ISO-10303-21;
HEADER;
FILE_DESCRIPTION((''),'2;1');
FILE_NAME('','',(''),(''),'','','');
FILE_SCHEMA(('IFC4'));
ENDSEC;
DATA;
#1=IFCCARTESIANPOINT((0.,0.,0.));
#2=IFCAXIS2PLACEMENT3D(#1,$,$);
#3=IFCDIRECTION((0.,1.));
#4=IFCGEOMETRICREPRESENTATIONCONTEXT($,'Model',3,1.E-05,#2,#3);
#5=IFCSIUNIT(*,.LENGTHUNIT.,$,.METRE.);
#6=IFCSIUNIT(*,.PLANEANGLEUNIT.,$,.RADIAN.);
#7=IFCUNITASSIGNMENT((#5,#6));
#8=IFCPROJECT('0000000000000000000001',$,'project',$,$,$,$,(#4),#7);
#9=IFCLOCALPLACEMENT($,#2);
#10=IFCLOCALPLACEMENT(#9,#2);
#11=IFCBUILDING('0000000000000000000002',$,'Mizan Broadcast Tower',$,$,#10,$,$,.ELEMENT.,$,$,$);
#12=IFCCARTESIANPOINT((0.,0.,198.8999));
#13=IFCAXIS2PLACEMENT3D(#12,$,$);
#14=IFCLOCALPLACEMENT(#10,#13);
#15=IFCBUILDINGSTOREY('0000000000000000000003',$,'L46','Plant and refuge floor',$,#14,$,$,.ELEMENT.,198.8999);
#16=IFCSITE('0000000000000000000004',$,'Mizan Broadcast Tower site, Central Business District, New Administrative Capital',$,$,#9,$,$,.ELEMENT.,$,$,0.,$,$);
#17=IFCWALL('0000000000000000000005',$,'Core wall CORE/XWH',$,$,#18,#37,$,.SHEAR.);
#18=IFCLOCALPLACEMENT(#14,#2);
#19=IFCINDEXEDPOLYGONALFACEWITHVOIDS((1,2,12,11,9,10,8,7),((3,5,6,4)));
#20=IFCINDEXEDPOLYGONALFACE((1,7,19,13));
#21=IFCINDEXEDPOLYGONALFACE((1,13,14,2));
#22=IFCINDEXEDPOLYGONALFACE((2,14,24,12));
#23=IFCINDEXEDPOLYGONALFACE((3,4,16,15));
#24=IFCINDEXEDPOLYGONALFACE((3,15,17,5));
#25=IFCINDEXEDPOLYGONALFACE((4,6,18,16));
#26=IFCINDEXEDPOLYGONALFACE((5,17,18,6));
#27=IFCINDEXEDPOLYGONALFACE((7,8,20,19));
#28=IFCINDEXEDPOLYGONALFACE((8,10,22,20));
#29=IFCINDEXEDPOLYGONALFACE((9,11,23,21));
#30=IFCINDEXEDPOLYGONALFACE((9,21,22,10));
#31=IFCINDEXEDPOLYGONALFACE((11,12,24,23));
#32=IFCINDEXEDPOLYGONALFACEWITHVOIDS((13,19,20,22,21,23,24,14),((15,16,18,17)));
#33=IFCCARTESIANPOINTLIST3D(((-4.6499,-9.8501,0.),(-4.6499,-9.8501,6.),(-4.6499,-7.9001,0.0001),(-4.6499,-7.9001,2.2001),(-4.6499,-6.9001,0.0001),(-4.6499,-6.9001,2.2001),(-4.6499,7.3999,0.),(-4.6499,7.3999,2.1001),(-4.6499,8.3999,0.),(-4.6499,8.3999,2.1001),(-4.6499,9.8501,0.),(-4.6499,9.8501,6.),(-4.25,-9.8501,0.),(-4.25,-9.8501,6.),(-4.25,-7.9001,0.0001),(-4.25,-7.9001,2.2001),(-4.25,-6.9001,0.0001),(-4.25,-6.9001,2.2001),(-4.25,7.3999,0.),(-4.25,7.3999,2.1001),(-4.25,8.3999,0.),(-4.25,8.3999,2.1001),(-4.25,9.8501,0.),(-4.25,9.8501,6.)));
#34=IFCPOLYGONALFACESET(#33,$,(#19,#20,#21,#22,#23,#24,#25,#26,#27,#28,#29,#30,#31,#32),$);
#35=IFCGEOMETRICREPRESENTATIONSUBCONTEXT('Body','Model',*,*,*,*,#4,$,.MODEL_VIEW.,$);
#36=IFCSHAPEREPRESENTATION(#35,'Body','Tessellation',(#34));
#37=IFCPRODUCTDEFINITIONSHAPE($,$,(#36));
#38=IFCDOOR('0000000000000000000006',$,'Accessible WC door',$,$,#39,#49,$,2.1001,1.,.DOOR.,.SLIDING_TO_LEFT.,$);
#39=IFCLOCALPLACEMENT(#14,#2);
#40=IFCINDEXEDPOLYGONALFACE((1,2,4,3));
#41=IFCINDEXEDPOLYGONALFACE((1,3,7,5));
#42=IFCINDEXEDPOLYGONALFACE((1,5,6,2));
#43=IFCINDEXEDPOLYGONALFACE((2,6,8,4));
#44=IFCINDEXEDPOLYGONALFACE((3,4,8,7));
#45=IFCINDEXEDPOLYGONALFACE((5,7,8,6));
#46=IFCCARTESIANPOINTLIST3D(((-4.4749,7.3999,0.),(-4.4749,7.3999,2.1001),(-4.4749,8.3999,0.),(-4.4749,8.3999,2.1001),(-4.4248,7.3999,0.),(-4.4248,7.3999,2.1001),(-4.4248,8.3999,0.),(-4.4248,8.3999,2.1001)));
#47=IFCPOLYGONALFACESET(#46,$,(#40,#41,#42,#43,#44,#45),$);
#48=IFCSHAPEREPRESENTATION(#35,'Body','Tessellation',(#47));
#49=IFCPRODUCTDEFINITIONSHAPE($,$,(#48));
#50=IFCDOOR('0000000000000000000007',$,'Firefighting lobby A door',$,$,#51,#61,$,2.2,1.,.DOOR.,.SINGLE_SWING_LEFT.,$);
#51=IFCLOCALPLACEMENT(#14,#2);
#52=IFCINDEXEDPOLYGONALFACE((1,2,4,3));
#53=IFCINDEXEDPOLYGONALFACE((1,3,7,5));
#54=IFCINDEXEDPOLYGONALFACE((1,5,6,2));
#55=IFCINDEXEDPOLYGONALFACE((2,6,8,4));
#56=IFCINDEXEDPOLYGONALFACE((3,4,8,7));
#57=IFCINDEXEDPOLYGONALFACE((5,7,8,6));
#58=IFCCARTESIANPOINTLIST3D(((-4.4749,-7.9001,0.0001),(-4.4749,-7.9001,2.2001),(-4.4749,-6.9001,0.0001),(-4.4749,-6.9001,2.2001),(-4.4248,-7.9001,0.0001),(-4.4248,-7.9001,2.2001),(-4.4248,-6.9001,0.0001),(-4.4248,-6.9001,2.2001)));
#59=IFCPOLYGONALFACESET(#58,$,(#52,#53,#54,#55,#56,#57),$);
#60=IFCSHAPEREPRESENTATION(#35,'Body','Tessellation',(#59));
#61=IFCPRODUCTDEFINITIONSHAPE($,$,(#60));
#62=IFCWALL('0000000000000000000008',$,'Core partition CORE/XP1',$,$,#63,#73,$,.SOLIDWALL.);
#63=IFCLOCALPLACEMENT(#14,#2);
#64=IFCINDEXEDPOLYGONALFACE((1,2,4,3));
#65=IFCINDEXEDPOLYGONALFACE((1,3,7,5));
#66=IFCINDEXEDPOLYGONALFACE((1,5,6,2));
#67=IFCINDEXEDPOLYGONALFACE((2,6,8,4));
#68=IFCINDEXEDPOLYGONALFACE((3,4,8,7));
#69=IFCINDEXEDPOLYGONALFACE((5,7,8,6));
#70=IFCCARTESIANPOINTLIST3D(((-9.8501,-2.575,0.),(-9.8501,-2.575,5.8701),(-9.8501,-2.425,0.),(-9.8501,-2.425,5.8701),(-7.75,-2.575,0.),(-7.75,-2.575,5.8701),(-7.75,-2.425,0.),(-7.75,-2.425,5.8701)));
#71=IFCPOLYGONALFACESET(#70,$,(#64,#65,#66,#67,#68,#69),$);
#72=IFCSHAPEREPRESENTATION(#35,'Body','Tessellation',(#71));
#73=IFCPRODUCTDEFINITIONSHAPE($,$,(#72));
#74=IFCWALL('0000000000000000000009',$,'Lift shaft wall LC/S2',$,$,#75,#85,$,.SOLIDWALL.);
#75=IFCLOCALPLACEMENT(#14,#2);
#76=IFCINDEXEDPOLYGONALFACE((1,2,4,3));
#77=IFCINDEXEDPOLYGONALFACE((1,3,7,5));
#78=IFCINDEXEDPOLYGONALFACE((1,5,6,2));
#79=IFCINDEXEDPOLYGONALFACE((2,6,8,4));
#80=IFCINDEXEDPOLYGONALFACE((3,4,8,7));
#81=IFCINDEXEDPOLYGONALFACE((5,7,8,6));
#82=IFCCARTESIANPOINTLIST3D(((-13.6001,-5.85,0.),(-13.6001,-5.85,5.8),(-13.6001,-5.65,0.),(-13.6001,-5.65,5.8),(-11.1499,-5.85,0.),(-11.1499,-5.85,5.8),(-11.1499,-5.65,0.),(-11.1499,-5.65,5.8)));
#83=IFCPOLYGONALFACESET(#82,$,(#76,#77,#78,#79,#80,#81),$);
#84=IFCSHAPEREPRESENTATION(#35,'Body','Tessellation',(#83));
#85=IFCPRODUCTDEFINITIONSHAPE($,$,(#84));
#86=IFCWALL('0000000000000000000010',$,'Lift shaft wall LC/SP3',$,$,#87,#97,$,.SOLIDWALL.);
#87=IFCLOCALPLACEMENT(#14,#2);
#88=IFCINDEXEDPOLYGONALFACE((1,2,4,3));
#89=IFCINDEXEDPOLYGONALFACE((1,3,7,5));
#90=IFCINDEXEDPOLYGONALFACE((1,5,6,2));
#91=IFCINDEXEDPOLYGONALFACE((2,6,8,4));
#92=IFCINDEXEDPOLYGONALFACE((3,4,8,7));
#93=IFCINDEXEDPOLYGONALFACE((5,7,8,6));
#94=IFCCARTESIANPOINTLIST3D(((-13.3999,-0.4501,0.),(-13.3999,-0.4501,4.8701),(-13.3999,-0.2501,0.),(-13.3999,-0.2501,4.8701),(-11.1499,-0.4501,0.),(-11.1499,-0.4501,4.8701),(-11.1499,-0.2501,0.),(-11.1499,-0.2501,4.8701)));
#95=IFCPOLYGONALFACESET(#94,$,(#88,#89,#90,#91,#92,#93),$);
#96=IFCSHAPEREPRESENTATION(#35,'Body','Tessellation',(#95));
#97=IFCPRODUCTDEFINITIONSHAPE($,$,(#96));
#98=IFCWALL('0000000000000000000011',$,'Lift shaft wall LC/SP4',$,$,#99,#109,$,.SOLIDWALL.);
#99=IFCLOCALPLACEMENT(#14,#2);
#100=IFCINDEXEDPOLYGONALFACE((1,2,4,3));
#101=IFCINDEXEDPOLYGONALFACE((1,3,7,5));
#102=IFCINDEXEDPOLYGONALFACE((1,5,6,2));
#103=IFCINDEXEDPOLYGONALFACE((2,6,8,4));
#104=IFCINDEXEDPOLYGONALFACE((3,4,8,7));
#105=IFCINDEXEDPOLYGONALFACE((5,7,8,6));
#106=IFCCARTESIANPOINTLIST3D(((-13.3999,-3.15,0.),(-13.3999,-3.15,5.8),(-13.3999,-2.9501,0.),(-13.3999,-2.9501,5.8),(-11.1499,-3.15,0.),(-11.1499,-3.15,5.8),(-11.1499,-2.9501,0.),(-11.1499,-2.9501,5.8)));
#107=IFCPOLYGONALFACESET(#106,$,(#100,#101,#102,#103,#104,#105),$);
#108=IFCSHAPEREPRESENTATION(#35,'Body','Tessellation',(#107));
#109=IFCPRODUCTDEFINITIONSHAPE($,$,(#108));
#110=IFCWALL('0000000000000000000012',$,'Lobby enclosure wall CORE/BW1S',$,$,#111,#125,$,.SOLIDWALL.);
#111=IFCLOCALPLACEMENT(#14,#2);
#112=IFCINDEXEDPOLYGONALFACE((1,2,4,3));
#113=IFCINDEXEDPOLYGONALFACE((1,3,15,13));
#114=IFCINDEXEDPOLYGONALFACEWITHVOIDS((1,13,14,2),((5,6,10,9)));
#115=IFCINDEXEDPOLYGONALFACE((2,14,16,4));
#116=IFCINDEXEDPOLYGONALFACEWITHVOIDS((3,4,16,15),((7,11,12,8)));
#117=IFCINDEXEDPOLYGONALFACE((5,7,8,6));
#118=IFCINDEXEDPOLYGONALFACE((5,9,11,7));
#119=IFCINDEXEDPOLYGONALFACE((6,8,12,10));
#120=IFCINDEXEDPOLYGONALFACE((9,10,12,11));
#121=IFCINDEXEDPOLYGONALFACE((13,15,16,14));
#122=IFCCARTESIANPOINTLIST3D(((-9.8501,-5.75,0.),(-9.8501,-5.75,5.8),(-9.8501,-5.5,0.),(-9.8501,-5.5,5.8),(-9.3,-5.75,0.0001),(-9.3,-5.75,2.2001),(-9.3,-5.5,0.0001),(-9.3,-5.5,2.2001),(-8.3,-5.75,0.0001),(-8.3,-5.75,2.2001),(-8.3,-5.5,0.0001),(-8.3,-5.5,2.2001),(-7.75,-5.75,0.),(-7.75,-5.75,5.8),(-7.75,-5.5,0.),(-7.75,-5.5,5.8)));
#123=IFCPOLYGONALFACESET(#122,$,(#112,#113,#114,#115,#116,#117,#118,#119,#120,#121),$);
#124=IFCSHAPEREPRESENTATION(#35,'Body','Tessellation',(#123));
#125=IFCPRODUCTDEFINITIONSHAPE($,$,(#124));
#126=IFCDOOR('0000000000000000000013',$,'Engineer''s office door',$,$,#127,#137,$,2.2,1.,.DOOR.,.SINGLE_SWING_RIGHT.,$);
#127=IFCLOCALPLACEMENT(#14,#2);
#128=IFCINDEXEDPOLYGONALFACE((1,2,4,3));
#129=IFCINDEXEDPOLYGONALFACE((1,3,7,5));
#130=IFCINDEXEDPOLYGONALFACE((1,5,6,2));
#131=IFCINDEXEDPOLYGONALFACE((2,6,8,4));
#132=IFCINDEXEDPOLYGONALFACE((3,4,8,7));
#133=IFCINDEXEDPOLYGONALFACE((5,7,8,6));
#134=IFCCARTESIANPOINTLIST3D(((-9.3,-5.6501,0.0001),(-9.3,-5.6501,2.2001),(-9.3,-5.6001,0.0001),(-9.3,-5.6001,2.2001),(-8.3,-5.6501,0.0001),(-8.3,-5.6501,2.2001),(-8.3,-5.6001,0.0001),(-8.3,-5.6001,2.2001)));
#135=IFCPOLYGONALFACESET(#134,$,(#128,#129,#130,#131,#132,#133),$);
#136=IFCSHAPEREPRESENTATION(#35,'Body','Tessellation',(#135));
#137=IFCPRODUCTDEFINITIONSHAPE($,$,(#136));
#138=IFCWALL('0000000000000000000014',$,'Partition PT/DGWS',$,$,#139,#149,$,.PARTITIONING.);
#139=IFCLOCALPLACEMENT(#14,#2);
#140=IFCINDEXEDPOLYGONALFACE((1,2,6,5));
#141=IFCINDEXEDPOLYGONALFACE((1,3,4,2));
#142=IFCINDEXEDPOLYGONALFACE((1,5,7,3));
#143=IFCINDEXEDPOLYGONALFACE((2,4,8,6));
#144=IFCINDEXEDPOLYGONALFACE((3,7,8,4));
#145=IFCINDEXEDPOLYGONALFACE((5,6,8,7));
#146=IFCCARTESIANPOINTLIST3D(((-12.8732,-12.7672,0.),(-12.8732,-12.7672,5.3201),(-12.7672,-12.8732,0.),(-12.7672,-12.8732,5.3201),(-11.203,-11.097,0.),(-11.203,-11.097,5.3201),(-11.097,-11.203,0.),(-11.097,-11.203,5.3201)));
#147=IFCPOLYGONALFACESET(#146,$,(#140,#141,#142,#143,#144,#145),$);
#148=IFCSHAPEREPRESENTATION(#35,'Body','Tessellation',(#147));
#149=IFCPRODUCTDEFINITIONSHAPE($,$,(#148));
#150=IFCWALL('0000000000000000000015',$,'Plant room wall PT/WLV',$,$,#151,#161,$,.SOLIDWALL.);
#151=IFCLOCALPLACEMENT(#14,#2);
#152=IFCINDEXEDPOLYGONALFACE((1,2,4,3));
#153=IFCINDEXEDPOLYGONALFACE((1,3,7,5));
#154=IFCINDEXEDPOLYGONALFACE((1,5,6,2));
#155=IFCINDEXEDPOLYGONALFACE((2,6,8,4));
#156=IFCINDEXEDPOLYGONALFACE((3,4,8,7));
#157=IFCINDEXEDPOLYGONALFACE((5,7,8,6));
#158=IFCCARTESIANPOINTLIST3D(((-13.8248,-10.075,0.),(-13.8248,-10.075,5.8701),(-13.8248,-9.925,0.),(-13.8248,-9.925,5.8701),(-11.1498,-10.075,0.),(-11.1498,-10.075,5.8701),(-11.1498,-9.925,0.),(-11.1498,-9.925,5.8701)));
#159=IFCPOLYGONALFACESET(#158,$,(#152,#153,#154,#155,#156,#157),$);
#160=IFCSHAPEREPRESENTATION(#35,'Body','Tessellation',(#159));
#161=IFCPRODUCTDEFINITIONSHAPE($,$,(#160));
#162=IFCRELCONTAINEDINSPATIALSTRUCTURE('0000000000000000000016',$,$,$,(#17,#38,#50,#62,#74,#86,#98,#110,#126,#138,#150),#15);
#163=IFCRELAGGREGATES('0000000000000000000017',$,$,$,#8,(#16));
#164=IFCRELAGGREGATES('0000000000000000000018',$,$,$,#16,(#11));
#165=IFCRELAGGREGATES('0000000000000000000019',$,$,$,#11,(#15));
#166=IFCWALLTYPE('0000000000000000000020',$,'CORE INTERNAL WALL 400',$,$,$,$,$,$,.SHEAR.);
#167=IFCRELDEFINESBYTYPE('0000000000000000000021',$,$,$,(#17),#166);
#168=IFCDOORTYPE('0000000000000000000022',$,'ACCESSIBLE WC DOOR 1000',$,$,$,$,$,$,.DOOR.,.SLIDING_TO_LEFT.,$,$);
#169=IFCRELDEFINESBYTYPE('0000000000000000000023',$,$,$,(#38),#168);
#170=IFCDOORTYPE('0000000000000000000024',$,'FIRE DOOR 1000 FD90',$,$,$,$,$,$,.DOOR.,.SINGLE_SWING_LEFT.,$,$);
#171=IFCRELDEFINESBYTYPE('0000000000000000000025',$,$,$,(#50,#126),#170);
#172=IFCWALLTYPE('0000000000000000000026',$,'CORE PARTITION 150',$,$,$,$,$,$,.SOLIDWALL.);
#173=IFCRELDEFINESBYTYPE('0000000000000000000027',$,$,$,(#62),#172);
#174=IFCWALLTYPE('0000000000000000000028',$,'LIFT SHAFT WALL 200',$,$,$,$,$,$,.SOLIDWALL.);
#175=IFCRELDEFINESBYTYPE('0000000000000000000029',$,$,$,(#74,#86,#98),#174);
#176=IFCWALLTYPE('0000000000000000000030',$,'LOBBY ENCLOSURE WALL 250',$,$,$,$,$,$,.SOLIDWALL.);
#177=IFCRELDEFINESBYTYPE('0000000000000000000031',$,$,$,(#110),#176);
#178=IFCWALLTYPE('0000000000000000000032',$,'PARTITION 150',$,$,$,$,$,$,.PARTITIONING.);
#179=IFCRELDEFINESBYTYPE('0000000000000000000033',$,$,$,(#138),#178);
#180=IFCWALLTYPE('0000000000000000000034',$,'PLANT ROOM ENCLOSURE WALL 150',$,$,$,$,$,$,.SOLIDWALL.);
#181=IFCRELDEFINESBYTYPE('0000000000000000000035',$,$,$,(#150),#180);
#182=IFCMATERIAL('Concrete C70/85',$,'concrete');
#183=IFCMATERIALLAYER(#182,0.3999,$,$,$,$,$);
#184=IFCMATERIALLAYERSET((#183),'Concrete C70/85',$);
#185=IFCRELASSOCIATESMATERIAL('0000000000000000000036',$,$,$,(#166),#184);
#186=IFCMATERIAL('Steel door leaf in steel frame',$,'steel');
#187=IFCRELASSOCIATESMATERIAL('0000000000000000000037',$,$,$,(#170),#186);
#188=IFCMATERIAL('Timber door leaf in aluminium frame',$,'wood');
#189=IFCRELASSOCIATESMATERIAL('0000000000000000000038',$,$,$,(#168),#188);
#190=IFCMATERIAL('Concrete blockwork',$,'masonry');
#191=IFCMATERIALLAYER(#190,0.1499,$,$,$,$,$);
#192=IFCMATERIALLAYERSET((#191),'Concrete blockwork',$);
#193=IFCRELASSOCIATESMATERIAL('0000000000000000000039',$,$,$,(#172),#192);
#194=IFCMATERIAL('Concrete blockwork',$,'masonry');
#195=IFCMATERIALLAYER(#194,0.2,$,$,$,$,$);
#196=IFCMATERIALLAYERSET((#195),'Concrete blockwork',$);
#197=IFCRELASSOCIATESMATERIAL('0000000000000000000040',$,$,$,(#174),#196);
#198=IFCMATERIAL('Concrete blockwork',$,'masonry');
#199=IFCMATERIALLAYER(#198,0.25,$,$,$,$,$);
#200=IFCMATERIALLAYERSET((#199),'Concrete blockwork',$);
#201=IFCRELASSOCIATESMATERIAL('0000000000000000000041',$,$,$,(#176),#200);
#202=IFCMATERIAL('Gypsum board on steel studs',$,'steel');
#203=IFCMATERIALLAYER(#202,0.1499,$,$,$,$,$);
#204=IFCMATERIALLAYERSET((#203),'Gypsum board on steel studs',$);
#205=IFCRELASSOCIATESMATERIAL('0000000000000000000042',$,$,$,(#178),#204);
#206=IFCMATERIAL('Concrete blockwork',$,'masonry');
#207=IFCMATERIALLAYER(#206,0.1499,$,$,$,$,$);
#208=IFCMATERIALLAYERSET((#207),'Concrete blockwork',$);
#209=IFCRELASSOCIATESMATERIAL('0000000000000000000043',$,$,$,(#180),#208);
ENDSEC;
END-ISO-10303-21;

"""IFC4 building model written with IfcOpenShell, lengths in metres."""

from ifc_helpers import new_model, si_unit, direction, frame, frame_2d, origin, place, context, subcontext, project, spatial, rectangle, extrude, material, layer, layer_set, type_object, element, fill, save


model = new_model("IFC4")

# Units and contexts
model_context = context("Model", 3, precision=1e-05, world=origin(), true_north=direction((0.0, 1.0)))
body_context = subcontext(model_context, "Body", "Model", "MODEL_VIEW")
ifc_project = project(units=[si_unit("LENGTHUNIT", "METRE"), si_unit("PLANEANGLEUNIT", "RADIAN")], contexts=[model_context])

# Site, building, storey
site_placement = place(None, origin())
site = spatial("IfcSite", under=ifc_project, at=site_placement, Name="Mizan Broadcast Tower site, Central Business District, New Administrative Capital", CompositionType="ELEMENT", RefElevation=0.0)
building_placement = place(site_placement, origin())
building = spatial("IfcBuilding", under=site, at=building_placement, Name="Mizan Broadcast Tower", CompositionType="ELEMENT")
storey_placement = place(building_placement, frame((0.0, 0.0, 198.8999)))
storey = spatial("IfcBuildingStorey", under=building, at=storey_placement, Name="L46", Description="Plant and refuge floor", CompositionType="ELEMENT", Elevation=198.8999)

# Wall, openings, doors
ifc_material_1 = material(Name="Concrete C70/85", Category="concrete")
ifc_layer_1 = layer(ifc_material_1, 0.3999)
ifc_layer_set_1 = layer_set([ifc_layer_1], Name="Concrete C70/85")
wall_type_1 = type_object("IfcWallType", Name="CORE INTERNAL WALL 400", PredefinedType="SHEAR", material=ifc_layer_set_1)
ifc_material_2 = material(Name="Steel door leaf in steel frame", Category="steel")
door_type_1 = type_object("IfcDoorType", Name="FIRE DOOR 1000 FD90", OperationType="SINGLE_SWING_LEFT", PredefinedType="DOOR", material=ifc_material_2)
wall_1_placement = place(storey_placement, frame((-4.45, -9.8501, 0.0), z_axis=(0.0, 0.0, 1.0), x_axis=(0.0, 1.0, 0.0)))
wall_1 = element("IfcWall", 1, at=wall_1_placement, inside=storey, type_object=wall_type_1, Name="Core wall CORE/XWH", PredefinedType="SHEAR", context=body_context, shape_type="SweptSolid", body=[
    extrude(rectangle(XDim=19.7002, YDim=0.3999, at=frame_2d((9.8501, 0.0))), origin(), (0.0, 0.0, 1.0), 6.0),
])
opening_1_placement = place(wall_1_placement, frame((1.95, 0.0, 0.0)))
opening_1 = element("IfcOpeningElement", 2, at=opening_1_placement, cuts=wall_1, PredefinedType="OPENING", context=body_context, shape_type="SweptSolid", body=[
    extrude(rectangle(XDim=1.0, YDim=2.2, at=frame_2d((0.5, 1.1001))), frame((0.0, 0.21, 0.0), z_axis=(0.0, -1.0, 0.0), x_axis=(1.0, 0.0, 0.0)), (0.0, 0.0, 1.0), 0.4199),
])
opening_2_placement = place(wall_1_placement, frame((17.25, 0.0, 0.0)))
opening_2 = element("IfcOpeningElement", 3, at=opening_2_placement, cuts=wall_1, PredefinedType="OPENING", context=body_context, shape_type="SweptSolid", body=[
    extrude(rectangle(XDim=1.0, YDim=2.1001, at=frame_2d((0.5, 1.05))), frame((0.0, 0.21, 0.0), z_axis=(0.0, -1.0, 0.0), x_axis=(1.0, 0.0, 0.0)), (0.0, 0.0, 1.0), 0.4199),
])
ifc_material_3 = material(Name="Timber door leaf in aluminium frame", Category="wood")
door_type_2 = type_object("IfcDoorType", Name="ACCESSIBLE WC DOOR 1000", OperationType="SLIDING_TO_LEFT", PredefinedType="DOOR", material=ifc_material_3)
door_1_placement = place(opening_2_placement, origin())
door_1 = element("IfcDoor", 4, at=door_1_placement, inside=storey, type_object=door_type_2, Name="Accessible WC door", OperationType="SLIDING_TO_LEFT", OverallHeight=2.1001, OverallWidth=1.0, PredefinedType="DOOR", context=body_context, shape_type="SweptSolid", body=[
    extrude(rectangle(XDim=1.0, YDim=2.1001, at=frame_2d((0.5, 1.05))), frame((0.0, 0.0249, 0.0), z_axis=(0.0, -1.0, 0.0), x_axis=(1.0, 0.0, 0.0)), (0.0, 0.0, 1.0), 0.05),
])
fill(opening_2, door_1)
door_2_placement = place(opening_1_placement, origin())
door_2 = element("IfcDoor", 5, at=door_2_placement, inside=storey, type_object=door_type_1, Name="Firefighting lobby A door", OperationType="SINGLE_SWING_LEFT", OverallHeight=2.2, OverallWidth=1.0, PredefinedType="DOOR", context=body_context, shape_type="SweptSolid", body=[
    extrude(rectangle(XDim=1.0, YDim=2.2, at=frame_2d((0.5, 1.1001))), frame((0.0, 0.0249, 0.0), z_axis=(0.0, -1.0, 0.0), x_axis=(1.0, 0.0, 0.0)), (0.0, 0.0, 1.0), 0.05),
])
fill(opening_1, door_2)

# Walls
ifc_material_4 = material(Name="Concrete blockwork", Category="masonry")
ifc_layer_2 = layer(ifc_material_4, 0.1499)
ifc_layer_set_2 = layer_set([ifc_layer_2], Name="Concrete blockwork")
wall_type_2 = type_object("IfcWallType", Name="CORE PARTITION 150", PredefinedType="SOLIDWALL", material=ifc_layer_set_2)
wall_2_placement = place(storey_placement, frame((-9.8501, -2.5, 0.0), z_axis=(0.0, 0.0, 1.0), x_axis=(1.0, 0.0, 0.0)))
element("IfcWall", 6, at=wall_2_placement, inside=storey, type_object=wall_type_2, Name="Core partition CORE/XP1", PredefinedType="SOLIDWALL", context=body_context, shape_type="SweptSolid", body=[
    extrude(rectangle(XDim=2.1001, YDim=0.1499, at=frame_2d((1.05, 0.0))), origin(), (0.0, 0.0, 1.0), 5.8701),
])
ifc_material_5 = material(Name="Concrete blockwork", Category="masonry")
ifc_layer_3 = layer(ifc_material_5, 0.2)
ifc_layer_set_3 = layer_set([ifc_layer_3], Name="Concrete blockwork")
wall_type_3 = type_object("IfcWallType", Name="LIFT SHAFT WALL 200", PredefinedType="SOLIDWALL", material=ifc_layer_set_3)
wall_3_placement = place(storey_placement, frame((-11.1499, -5.75, 0.0), z_axis=(0.0, 0.0, 1.0), x_axis=(-1.0, 0.0, 0.0)))
element("IfcWall", 7, at=wall_3_placement, inside=storey, type_object=wall_type_3, Name="Lift shaft wall LC/S2", PredefinedType="SOLIDWALL", context=body_context, shape_type="SweptSolid", body=[
    extrude(rectangle(XDim=2.4502, YDim=0.2, at=frame_2d((1.2251, 0.0))), origin(), (0.0, 0.0, 1.0), 5.8),
])
wall_4_placement = place(storey_placement, frame((-11.1499, -0.3501, 0.0), z_axis=(0.0, 0.0, 1.0), x_axis=(-1.0, 0.0, 0.0)))
element("IfcWall", 8, at=wall_4_placement, inside=storey, type_object=wall_type_3, Name="Lift shaft wall LC/SP3", PredefinedType="SOLIDWALL", context=body_context, shape_type="SweptSolid", body=[
    extrude(rectangle(XDim=2.25, YDim=0.2, at=frame_2d((1.125, 0.0))), origin(), (0.0, 0.0, 1.0), 4.8701),
])
wall_5_placement = place(storey_placement, frame((-11.1499, -3.05, 0.0), z_axis=(0.0, 0.0, 1.0), x_axis=(-1.0, 0.0, 0.0)))
element("IfcWall", 9, at=wall_5_placement, inside=storey, type_object=wall_type_3, Name="Lift shaft wall LC/SP4", PredefinedType="SOLIDWALL", context=body_context, shape_type="SweptSolid", body=[
    extrude(rectangle(XDim=2.25, YDim=0.2, at=frame_2d((1.125, 0.0))), origin(), (0.0, 0.0, 1.0), 5.8),
])

# Wall, opening, door
ifc_material_6 = material(Name="Concrete blockwork", Category="masonry")
ifc_layer_4 = layer(ifc_material_6, 0.25)
ifc_layer_set_4 = layer_set([ifc_layer_4], Name="Concrete blockwork")
wall_type_4 = type_object("IfcWallType", Name="LOBBY ENCLOSURE WALL 250", PredefinedType="SOLIDWALL", material=ifc_layer_set_4)
wall_6_placement = place(storey_placement, frame((-9.8501, -5.625, 0.0), z_axis=(0.0, 0.0, 1.0), x_axis=(1.0, 0.0, 0.0)))
wall_6 = element("IfcWall", 10, at=wall_6_placement, inside=storey, type_object=wall_type_4, Name="Lobby enclosure wall CORE/BW1S", PredefinedType="SOLIDWALL", context=body_context, shape_type="SweptSolid", body=[
    extrude(rectangle(XDim=2.1001, YDim=0.25, at=frame_2d((1.05, 0.0))), origin(), (0.0, 0.0, 1.0), 5.8),
])
opening_3_placement = place(wall_6_placement, frame((0.55, 0.0, 0.0)))
opening_3 = element("IfcOpeningElement", 11, at=opening_3_placement, cuts=wall_6, PredefinedType="OPENING", context=body_context, shape_type="SweptSolid", body=[
    extrude(rectangle(XDim=1.0, YDim=2.2, at=frame_2d((0.5, 1.1001))), frame((0.0, 0.135, 0.0), z_axis=(0.0, -1.0, 0.0), x_axis=(1.0, 0.0, 0.0)), (0.0, 0.0, 1.0), 0.27),
])
door_3_placement = place(opening_3_placement, origin())
door_3 = element("IfcDoor", 12, at=door_3_placement, inside=storey, type_object=door_type_1, Name="Engineer's office door", OperationType="SINGLE_SWING_RIGHT", OverallHeight=2.2, OverallWidth=1.0, PredefinedType="DOOR", context=body_context, shape_type="SweptSolid", body=[
    extrude(rectangle(XDim=1.0, YDim=2.2, at=frame_2d((0.5, 1.1001))), frame((0.0, 0.0249, 0.0), z_axis=(0.0, -1.0, 0.0), x_axis=(1.0, 0.0, 0.0)), (0.0, 0.0, 1.0), 0.05),
])
fill(opening_3, door_3)

# Walls
ifc_material_7 = material(Name="Gypsum board on steel studs", Category="steel")
ifc_layer_5 = layer(ifc_material_7, 0.1499)
ifc_layer_set_5 = layer_set([ifc_layer_5], Name="Gypsum board on steel studs")
wall_type_5 = type_object("IfcWallType", Name="PARTITION 150", PredefinedType="PARTITIONING", material=ifc_layer_set_5)
wall_7_placement = place(storey_placement, frame((-11.1499, -11.1499, 0.0), z_axis=(0.0, 0.0, 1.0), x_axis=(-0.707107, -0.707107, 0.0)))
element("IfcWall", 13, at=wall_7_placement, inside=storey, type_object=wall_type_5, Name="Partition PT/DGWS", PredefinedType="PARTITIONING", context=body_context, shape_type="SweptSolid", body=[
    extrude(rectangle(XDim=2.3621, YDim=0.1499, at=frame_2d((1.1812, 0.0))), origin(), (0.0, 0.0, 1.0), 5.3201),
])
ifc_material_8 = material(Name="Concrete blockwork", Category="masonry")
ifc_layer_6 = layer(ifc_material_8, 0.1499)
ifc_layer_set_6 = layer_set([ifc_layer_6], Name="Concrete blockwork")
wall_type_6 = type_object("IfcWallType", Name="PLANT ROOM ENCLOSURE WALL 150", PredefinedType="SOLIDWALL", material=ifc_layer_set_6)
wall_8_placement = place(storey_placement, frame((-11.1499, -10.0, 0.0), z_axis=(0.0, 0.0, 1.0), x_axis=(-1.0, 0.0, 0.0)))
element("IfcWall", 14, at=wall_8_placement, inside=storey, type_object=wall_type_6, Name="Plant room wall PT/WLV", PredefinedType="SOLIDWALL", context=body_context, shape_type="SweptSolid", body=[
    extrude(rectangle(XDim=2.675, YDim=0.1499, at=frame_2d((1.3374, 0.0))), origin(), (0.0, 0.0, 1.0), 5.8701),
])

save(model, "model.ifc")
